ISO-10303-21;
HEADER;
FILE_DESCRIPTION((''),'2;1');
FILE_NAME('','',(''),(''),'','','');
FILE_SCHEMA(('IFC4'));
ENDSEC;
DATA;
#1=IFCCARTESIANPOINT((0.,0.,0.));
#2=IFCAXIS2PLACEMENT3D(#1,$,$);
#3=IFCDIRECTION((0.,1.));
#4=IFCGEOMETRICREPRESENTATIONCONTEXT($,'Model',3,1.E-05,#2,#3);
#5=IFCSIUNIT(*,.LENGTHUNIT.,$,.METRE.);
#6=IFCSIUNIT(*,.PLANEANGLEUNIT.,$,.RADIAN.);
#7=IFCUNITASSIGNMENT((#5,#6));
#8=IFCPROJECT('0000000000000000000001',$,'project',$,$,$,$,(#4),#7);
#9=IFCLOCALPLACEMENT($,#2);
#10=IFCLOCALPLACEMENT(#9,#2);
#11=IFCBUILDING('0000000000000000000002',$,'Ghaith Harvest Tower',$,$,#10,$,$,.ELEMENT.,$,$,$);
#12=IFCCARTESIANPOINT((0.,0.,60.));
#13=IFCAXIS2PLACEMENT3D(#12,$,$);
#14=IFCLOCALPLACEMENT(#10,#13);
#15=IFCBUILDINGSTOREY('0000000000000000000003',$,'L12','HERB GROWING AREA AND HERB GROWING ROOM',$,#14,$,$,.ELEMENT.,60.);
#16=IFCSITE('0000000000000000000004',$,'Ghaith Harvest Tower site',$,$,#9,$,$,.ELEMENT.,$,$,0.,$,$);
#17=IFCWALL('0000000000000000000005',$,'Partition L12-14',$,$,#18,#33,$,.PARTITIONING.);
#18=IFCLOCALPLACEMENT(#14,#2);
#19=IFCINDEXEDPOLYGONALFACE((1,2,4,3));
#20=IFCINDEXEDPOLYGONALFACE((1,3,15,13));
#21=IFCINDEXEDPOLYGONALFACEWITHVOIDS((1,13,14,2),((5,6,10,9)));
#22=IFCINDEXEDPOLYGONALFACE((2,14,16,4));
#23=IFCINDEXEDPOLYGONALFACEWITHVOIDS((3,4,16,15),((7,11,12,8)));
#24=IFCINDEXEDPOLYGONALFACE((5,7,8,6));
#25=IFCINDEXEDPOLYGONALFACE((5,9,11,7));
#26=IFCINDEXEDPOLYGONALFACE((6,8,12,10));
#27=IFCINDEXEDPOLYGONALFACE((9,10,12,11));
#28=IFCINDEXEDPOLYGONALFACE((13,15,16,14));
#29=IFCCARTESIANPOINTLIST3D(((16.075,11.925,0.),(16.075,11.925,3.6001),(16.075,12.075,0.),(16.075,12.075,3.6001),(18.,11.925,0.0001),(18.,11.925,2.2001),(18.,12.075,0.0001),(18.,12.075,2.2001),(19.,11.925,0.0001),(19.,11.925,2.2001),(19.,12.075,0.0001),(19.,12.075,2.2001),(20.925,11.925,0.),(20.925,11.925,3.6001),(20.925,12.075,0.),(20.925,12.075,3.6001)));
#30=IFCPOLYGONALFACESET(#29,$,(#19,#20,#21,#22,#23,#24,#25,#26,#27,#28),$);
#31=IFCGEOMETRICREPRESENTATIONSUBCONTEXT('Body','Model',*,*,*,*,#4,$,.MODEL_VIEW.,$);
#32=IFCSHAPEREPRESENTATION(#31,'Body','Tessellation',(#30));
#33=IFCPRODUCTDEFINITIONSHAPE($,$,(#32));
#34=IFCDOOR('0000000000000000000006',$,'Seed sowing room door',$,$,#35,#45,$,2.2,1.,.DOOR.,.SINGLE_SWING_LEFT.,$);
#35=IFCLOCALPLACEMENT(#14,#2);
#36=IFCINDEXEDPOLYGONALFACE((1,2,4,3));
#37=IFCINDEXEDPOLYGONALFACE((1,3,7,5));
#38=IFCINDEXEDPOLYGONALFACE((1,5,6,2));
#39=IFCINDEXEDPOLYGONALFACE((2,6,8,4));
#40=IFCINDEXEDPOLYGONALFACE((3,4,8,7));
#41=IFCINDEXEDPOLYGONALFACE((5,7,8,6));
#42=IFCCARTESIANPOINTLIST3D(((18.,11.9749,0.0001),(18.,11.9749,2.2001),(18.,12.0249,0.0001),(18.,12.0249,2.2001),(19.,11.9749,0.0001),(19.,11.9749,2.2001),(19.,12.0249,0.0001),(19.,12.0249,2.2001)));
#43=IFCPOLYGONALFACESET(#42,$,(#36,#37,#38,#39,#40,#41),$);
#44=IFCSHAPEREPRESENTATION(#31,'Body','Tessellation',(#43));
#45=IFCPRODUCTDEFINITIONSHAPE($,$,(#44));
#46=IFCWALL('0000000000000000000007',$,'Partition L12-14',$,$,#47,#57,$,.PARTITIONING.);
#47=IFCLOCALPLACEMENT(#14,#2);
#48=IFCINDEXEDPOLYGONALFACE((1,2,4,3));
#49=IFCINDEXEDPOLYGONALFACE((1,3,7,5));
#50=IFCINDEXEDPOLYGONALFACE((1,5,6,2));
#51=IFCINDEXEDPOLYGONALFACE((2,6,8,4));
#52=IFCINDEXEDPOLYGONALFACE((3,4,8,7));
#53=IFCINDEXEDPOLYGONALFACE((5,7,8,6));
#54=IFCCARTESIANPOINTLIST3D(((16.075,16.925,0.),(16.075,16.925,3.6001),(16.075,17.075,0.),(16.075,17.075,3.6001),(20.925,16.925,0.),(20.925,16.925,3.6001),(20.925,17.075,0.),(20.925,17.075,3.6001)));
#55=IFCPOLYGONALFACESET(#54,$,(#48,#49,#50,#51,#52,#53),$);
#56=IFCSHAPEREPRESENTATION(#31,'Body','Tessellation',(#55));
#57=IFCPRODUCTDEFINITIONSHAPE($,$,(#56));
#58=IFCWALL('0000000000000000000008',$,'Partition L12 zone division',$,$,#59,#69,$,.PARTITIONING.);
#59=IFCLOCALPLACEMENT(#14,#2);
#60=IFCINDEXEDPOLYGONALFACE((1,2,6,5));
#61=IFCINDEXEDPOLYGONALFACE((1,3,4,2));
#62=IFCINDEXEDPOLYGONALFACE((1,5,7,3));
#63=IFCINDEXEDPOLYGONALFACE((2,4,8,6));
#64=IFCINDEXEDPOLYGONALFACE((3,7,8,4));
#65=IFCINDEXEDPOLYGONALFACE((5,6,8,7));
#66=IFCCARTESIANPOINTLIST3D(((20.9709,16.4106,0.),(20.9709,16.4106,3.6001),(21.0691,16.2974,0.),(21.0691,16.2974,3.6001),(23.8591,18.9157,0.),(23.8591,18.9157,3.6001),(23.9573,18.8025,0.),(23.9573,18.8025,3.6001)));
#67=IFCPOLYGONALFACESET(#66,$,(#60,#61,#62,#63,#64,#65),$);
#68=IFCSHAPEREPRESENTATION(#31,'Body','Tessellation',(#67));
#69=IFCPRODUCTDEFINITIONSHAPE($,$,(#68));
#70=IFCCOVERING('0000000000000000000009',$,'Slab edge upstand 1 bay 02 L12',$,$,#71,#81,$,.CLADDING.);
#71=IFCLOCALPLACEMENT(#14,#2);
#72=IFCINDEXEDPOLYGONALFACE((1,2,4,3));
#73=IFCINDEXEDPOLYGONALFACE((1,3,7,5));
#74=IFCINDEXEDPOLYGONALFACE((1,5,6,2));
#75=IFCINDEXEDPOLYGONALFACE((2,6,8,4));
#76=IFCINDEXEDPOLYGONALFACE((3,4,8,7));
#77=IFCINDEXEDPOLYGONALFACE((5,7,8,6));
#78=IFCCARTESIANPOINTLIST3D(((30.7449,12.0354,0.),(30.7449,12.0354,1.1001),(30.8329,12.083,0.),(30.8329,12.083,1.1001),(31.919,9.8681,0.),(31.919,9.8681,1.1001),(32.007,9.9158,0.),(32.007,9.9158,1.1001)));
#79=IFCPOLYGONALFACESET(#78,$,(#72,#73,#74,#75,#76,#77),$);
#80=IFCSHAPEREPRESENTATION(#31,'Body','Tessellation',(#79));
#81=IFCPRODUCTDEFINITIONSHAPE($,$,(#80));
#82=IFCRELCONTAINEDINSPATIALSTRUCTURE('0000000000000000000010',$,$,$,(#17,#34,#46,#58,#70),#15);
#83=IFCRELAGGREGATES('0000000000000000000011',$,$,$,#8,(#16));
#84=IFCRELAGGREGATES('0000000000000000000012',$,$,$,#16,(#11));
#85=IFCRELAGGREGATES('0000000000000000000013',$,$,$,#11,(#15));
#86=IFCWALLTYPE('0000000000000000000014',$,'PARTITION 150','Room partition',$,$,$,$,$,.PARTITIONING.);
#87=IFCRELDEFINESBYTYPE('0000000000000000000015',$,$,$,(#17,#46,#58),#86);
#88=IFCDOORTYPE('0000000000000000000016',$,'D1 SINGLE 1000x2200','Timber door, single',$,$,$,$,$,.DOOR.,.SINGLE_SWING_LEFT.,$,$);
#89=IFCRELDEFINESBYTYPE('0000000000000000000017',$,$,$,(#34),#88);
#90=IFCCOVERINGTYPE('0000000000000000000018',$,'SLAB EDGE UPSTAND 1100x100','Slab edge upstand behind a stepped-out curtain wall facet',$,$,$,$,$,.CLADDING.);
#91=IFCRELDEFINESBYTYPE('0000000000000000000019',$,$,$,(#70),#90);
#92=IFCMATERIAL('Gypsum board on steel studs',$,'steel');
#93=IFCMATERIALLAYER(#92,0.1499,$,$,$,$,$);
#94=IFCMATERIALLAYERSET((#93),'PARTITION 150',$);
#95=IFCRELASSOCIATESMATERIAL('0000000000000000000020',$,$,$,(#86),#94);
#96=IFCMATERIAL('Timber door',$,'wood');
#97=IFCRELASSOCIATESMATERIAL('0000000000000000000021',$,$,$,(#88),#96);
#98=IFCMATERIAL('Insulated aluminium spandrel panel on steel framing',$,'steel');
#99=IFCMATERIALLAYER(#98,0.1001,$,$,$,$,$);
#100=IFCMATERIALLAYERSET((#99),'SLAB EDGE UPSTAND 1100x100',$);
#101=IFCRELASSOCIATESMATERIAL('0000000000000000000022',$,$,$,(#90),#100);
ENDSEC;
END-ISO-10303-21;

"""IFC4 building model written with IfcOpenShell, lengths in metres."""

from ifc_helpers import new_model, si_unit, direction, frame, frame_2d, origin, origin_2d, place, context, subcontext, project, spatial, rectangle, extrude, material, layer, layer_set, type_object, element, fill, save


model = new_model("IFC4")

# Units and contexts
model_context = context("Model", 3, precision=1e-05, world=origin(), true_north=direction((0.0, 1.0)))
body_context = subcontext(model_context, "Body", "Model", "MODEL_VIEW")
ifc_project = project(units=[si_unit("LENGTHUNIT", "METRE"), si_unit("PLANEANGLEUNIT", "RADIAN")], contexts=[model_context])

# Site, building, storey
site_placement = place(None, origin())
site = spatial("IfcSite", under=ifc_project, at=site_placement, Name="Ghaith Harvest Tower site", CompositionType="ELEMENT", RefElevation=0.0)
building_placement = place(site_placement, origin())
building = spatial("IfcBuilding", under=site, at=building_placement, Name="Ghaith Harvest Tower", CompositionType="ELEMENT")
storey_placement = place(building_placement, frame((0.0, 0.0, 60.0)))
storey = spatial("IfcBuildingStorey", under=building, at=storey_placement, Name="L12", Description="HERB GROWING AREA AND HERB GROWING ROOM", CompositionType="ELEMENT", Elevation=60.0)

# Shared definitions
ifc_material_1 = material(Name="Gypsum board on steel studs", Category="steel")
ifc_layer_1 = layer(ifc_material_1, 0.1499)
ifc_layer_set_1 = layer_set([ifc_layer_1], Name="PARTITION 150")
wall_type = type_object("IfcWallType", Name="PARTITION 150", Description="Room partition", PredefinedType="PARTITIONING", material=ifc_layer_set_1)

# Wall, opening, door
wall_1_placement = place(storey_placement, frame((16.075, 12.0, 0.0), z_axis=(0.0, 0.0, 1.0), x_axis=(1.0, 0.0, 0.0)))
wall_1 = element("IfcWall", 1, at=wall_1_placement, inside=storey, type_object=wall_type, Name="Partition L12-14", PredefinedType="PARTITIONING", context=body_context, shape_type="SweptSolid", body=[
    extrude(rectangle(XDim=4.8501, YDim=0.1499, at=frame_2d((2.425, 0.0))), origin(), (0.0, 0.0, 1.0), 3.6001),
])
opening_placement = place(wall_1_placement, frame((1.925, 0.0, 0.0)))
opening = element("IfcOpeningElement", 2, at=opening_placement, cuts=wall_1, PredefinedType="OPENING", context=body_context, shape_type="SweptSolid", body=[
    extrude(rectangle(XDim=1.0, YDim=2.2, at=frame_2d((0.5, 1.1001))), frame((0.0, 0.085, 0.0), z_axis=(0.0, -1.0, 0.0), x_axis=(1.0, 0.0, 0.0)), (0.0, 0.0, 1.0), 0.1699),
])
ifc_material_2 = material(Name="Timber door", Category="wood")
door_type = type_object("IfcDoorType", Name="D1 SINGLE 1000x2200", Description="Timber door, single", OperationType="SINGLE_SWING_LEFT", PredefinedType="DOOR", material=ifc_material_2)
door_placement = place(opening_placement, origin())
door = element("IfcDoor", 3, at=door_placement, inside=storey, type_object=door_type, Name="Seed sowing room door", OperationType="SINGLE_SWING_LEFT", OverallHeight=2.2, OverallWidth=1.0, PredefinedType="DOOR", context=body_context, shape_type="SweptSolid", body=[
    extrude(rectangle(XDim=1.0, YDim=2.2, at=frame_2d((0.5, 1.1001))), frame((0.0, 0.0249, 0.0), z_axis=(0.0, -1.0, 0.0), x_axis=(1.0, 0.0, 0.0)), (0.0, 0.0, 1.0), 0.05),
])
fill(opening, door)

# Walls
wall_2_placement = place(storey_placement, frame((16.075, 17.0, 0.0), z_axis=(0.0, 0.0, 1.0), x_axis=(1.0, 0.0, 0.0)))
element("IfcWall", 4, at=wall_2_placement, inside=storey, type_object=wall_type, Name="Partition L12-14", PredefinedType="PARTITIONING", context=body_context, shape_type="SweptSolid", body=[
    extrude(rectangle(XDim=4.8501, YDim=0.1499, at=frame_2d((2.425, 0.0))), origin(), (0.0, 0.0, 1.0), 3.6001),
])
wall_3_placement = place(storey_placement, frame((21.02, 16.354, 0.0), z_axis=(0.0, 0.0, 1.0), x_axis=(0.755426, 0.655234, 0.0)))
element("IfcWall", 5, at=wall_3_placement, inside=storey, type_object=wall_type, Name="Partition L12 zone division", PredefinedType="PARTITIONING", context=body_context, shape_type="SweptSolid", body=[
    extrude(rectangle(XDim=3.8232, YDim=0.1499, at=frame_2d((1.9116, 0.0))), origin(), (0.0, 0.0, 1.0), 3.6001),
])

# Covering
ifc_material_3 = material(Name="Insulated aluminium spandrel panel on steel framing", Category="steel")
ifc_layer_2 = layer(ifc_material_3, 0.1001)
ifc_layer_set_2 = layer_set([ifc_layer_2], Name="SLAB EDGE UPSTAND 1100x100")
covering_type = type_object("IfcCoveringType", Name="SLAB EDGE UPSTAND 1100x100", Description="Slab edge upstand behind a stepped-out curtain wall facet", PredefinedType="CLADDING", material=ifc_layer_set_2)
covering_placement = place(storey_placement, frame((31.376, 10.9756, 0.0), z_axis=(0.0, 0.0, 1.0), x_axis=(-0.476349, 0.879256, 0.0)))
element("IfcCovering", 6, at=covering_placement, inside=storey, type_object=covering_type, Name="Slab edge upstand 1 bay 02 L12", PredefinedType="CLADDING", context=body_context, shape_type="SweptSolid", body=[
    extrude(rectangle(XDim=2.4648, YDim=0.1001, at=origin_2d()), origin(), (0.0, 0.0, 1.0), 1.1001),
])

save(model, "model.ifc")
